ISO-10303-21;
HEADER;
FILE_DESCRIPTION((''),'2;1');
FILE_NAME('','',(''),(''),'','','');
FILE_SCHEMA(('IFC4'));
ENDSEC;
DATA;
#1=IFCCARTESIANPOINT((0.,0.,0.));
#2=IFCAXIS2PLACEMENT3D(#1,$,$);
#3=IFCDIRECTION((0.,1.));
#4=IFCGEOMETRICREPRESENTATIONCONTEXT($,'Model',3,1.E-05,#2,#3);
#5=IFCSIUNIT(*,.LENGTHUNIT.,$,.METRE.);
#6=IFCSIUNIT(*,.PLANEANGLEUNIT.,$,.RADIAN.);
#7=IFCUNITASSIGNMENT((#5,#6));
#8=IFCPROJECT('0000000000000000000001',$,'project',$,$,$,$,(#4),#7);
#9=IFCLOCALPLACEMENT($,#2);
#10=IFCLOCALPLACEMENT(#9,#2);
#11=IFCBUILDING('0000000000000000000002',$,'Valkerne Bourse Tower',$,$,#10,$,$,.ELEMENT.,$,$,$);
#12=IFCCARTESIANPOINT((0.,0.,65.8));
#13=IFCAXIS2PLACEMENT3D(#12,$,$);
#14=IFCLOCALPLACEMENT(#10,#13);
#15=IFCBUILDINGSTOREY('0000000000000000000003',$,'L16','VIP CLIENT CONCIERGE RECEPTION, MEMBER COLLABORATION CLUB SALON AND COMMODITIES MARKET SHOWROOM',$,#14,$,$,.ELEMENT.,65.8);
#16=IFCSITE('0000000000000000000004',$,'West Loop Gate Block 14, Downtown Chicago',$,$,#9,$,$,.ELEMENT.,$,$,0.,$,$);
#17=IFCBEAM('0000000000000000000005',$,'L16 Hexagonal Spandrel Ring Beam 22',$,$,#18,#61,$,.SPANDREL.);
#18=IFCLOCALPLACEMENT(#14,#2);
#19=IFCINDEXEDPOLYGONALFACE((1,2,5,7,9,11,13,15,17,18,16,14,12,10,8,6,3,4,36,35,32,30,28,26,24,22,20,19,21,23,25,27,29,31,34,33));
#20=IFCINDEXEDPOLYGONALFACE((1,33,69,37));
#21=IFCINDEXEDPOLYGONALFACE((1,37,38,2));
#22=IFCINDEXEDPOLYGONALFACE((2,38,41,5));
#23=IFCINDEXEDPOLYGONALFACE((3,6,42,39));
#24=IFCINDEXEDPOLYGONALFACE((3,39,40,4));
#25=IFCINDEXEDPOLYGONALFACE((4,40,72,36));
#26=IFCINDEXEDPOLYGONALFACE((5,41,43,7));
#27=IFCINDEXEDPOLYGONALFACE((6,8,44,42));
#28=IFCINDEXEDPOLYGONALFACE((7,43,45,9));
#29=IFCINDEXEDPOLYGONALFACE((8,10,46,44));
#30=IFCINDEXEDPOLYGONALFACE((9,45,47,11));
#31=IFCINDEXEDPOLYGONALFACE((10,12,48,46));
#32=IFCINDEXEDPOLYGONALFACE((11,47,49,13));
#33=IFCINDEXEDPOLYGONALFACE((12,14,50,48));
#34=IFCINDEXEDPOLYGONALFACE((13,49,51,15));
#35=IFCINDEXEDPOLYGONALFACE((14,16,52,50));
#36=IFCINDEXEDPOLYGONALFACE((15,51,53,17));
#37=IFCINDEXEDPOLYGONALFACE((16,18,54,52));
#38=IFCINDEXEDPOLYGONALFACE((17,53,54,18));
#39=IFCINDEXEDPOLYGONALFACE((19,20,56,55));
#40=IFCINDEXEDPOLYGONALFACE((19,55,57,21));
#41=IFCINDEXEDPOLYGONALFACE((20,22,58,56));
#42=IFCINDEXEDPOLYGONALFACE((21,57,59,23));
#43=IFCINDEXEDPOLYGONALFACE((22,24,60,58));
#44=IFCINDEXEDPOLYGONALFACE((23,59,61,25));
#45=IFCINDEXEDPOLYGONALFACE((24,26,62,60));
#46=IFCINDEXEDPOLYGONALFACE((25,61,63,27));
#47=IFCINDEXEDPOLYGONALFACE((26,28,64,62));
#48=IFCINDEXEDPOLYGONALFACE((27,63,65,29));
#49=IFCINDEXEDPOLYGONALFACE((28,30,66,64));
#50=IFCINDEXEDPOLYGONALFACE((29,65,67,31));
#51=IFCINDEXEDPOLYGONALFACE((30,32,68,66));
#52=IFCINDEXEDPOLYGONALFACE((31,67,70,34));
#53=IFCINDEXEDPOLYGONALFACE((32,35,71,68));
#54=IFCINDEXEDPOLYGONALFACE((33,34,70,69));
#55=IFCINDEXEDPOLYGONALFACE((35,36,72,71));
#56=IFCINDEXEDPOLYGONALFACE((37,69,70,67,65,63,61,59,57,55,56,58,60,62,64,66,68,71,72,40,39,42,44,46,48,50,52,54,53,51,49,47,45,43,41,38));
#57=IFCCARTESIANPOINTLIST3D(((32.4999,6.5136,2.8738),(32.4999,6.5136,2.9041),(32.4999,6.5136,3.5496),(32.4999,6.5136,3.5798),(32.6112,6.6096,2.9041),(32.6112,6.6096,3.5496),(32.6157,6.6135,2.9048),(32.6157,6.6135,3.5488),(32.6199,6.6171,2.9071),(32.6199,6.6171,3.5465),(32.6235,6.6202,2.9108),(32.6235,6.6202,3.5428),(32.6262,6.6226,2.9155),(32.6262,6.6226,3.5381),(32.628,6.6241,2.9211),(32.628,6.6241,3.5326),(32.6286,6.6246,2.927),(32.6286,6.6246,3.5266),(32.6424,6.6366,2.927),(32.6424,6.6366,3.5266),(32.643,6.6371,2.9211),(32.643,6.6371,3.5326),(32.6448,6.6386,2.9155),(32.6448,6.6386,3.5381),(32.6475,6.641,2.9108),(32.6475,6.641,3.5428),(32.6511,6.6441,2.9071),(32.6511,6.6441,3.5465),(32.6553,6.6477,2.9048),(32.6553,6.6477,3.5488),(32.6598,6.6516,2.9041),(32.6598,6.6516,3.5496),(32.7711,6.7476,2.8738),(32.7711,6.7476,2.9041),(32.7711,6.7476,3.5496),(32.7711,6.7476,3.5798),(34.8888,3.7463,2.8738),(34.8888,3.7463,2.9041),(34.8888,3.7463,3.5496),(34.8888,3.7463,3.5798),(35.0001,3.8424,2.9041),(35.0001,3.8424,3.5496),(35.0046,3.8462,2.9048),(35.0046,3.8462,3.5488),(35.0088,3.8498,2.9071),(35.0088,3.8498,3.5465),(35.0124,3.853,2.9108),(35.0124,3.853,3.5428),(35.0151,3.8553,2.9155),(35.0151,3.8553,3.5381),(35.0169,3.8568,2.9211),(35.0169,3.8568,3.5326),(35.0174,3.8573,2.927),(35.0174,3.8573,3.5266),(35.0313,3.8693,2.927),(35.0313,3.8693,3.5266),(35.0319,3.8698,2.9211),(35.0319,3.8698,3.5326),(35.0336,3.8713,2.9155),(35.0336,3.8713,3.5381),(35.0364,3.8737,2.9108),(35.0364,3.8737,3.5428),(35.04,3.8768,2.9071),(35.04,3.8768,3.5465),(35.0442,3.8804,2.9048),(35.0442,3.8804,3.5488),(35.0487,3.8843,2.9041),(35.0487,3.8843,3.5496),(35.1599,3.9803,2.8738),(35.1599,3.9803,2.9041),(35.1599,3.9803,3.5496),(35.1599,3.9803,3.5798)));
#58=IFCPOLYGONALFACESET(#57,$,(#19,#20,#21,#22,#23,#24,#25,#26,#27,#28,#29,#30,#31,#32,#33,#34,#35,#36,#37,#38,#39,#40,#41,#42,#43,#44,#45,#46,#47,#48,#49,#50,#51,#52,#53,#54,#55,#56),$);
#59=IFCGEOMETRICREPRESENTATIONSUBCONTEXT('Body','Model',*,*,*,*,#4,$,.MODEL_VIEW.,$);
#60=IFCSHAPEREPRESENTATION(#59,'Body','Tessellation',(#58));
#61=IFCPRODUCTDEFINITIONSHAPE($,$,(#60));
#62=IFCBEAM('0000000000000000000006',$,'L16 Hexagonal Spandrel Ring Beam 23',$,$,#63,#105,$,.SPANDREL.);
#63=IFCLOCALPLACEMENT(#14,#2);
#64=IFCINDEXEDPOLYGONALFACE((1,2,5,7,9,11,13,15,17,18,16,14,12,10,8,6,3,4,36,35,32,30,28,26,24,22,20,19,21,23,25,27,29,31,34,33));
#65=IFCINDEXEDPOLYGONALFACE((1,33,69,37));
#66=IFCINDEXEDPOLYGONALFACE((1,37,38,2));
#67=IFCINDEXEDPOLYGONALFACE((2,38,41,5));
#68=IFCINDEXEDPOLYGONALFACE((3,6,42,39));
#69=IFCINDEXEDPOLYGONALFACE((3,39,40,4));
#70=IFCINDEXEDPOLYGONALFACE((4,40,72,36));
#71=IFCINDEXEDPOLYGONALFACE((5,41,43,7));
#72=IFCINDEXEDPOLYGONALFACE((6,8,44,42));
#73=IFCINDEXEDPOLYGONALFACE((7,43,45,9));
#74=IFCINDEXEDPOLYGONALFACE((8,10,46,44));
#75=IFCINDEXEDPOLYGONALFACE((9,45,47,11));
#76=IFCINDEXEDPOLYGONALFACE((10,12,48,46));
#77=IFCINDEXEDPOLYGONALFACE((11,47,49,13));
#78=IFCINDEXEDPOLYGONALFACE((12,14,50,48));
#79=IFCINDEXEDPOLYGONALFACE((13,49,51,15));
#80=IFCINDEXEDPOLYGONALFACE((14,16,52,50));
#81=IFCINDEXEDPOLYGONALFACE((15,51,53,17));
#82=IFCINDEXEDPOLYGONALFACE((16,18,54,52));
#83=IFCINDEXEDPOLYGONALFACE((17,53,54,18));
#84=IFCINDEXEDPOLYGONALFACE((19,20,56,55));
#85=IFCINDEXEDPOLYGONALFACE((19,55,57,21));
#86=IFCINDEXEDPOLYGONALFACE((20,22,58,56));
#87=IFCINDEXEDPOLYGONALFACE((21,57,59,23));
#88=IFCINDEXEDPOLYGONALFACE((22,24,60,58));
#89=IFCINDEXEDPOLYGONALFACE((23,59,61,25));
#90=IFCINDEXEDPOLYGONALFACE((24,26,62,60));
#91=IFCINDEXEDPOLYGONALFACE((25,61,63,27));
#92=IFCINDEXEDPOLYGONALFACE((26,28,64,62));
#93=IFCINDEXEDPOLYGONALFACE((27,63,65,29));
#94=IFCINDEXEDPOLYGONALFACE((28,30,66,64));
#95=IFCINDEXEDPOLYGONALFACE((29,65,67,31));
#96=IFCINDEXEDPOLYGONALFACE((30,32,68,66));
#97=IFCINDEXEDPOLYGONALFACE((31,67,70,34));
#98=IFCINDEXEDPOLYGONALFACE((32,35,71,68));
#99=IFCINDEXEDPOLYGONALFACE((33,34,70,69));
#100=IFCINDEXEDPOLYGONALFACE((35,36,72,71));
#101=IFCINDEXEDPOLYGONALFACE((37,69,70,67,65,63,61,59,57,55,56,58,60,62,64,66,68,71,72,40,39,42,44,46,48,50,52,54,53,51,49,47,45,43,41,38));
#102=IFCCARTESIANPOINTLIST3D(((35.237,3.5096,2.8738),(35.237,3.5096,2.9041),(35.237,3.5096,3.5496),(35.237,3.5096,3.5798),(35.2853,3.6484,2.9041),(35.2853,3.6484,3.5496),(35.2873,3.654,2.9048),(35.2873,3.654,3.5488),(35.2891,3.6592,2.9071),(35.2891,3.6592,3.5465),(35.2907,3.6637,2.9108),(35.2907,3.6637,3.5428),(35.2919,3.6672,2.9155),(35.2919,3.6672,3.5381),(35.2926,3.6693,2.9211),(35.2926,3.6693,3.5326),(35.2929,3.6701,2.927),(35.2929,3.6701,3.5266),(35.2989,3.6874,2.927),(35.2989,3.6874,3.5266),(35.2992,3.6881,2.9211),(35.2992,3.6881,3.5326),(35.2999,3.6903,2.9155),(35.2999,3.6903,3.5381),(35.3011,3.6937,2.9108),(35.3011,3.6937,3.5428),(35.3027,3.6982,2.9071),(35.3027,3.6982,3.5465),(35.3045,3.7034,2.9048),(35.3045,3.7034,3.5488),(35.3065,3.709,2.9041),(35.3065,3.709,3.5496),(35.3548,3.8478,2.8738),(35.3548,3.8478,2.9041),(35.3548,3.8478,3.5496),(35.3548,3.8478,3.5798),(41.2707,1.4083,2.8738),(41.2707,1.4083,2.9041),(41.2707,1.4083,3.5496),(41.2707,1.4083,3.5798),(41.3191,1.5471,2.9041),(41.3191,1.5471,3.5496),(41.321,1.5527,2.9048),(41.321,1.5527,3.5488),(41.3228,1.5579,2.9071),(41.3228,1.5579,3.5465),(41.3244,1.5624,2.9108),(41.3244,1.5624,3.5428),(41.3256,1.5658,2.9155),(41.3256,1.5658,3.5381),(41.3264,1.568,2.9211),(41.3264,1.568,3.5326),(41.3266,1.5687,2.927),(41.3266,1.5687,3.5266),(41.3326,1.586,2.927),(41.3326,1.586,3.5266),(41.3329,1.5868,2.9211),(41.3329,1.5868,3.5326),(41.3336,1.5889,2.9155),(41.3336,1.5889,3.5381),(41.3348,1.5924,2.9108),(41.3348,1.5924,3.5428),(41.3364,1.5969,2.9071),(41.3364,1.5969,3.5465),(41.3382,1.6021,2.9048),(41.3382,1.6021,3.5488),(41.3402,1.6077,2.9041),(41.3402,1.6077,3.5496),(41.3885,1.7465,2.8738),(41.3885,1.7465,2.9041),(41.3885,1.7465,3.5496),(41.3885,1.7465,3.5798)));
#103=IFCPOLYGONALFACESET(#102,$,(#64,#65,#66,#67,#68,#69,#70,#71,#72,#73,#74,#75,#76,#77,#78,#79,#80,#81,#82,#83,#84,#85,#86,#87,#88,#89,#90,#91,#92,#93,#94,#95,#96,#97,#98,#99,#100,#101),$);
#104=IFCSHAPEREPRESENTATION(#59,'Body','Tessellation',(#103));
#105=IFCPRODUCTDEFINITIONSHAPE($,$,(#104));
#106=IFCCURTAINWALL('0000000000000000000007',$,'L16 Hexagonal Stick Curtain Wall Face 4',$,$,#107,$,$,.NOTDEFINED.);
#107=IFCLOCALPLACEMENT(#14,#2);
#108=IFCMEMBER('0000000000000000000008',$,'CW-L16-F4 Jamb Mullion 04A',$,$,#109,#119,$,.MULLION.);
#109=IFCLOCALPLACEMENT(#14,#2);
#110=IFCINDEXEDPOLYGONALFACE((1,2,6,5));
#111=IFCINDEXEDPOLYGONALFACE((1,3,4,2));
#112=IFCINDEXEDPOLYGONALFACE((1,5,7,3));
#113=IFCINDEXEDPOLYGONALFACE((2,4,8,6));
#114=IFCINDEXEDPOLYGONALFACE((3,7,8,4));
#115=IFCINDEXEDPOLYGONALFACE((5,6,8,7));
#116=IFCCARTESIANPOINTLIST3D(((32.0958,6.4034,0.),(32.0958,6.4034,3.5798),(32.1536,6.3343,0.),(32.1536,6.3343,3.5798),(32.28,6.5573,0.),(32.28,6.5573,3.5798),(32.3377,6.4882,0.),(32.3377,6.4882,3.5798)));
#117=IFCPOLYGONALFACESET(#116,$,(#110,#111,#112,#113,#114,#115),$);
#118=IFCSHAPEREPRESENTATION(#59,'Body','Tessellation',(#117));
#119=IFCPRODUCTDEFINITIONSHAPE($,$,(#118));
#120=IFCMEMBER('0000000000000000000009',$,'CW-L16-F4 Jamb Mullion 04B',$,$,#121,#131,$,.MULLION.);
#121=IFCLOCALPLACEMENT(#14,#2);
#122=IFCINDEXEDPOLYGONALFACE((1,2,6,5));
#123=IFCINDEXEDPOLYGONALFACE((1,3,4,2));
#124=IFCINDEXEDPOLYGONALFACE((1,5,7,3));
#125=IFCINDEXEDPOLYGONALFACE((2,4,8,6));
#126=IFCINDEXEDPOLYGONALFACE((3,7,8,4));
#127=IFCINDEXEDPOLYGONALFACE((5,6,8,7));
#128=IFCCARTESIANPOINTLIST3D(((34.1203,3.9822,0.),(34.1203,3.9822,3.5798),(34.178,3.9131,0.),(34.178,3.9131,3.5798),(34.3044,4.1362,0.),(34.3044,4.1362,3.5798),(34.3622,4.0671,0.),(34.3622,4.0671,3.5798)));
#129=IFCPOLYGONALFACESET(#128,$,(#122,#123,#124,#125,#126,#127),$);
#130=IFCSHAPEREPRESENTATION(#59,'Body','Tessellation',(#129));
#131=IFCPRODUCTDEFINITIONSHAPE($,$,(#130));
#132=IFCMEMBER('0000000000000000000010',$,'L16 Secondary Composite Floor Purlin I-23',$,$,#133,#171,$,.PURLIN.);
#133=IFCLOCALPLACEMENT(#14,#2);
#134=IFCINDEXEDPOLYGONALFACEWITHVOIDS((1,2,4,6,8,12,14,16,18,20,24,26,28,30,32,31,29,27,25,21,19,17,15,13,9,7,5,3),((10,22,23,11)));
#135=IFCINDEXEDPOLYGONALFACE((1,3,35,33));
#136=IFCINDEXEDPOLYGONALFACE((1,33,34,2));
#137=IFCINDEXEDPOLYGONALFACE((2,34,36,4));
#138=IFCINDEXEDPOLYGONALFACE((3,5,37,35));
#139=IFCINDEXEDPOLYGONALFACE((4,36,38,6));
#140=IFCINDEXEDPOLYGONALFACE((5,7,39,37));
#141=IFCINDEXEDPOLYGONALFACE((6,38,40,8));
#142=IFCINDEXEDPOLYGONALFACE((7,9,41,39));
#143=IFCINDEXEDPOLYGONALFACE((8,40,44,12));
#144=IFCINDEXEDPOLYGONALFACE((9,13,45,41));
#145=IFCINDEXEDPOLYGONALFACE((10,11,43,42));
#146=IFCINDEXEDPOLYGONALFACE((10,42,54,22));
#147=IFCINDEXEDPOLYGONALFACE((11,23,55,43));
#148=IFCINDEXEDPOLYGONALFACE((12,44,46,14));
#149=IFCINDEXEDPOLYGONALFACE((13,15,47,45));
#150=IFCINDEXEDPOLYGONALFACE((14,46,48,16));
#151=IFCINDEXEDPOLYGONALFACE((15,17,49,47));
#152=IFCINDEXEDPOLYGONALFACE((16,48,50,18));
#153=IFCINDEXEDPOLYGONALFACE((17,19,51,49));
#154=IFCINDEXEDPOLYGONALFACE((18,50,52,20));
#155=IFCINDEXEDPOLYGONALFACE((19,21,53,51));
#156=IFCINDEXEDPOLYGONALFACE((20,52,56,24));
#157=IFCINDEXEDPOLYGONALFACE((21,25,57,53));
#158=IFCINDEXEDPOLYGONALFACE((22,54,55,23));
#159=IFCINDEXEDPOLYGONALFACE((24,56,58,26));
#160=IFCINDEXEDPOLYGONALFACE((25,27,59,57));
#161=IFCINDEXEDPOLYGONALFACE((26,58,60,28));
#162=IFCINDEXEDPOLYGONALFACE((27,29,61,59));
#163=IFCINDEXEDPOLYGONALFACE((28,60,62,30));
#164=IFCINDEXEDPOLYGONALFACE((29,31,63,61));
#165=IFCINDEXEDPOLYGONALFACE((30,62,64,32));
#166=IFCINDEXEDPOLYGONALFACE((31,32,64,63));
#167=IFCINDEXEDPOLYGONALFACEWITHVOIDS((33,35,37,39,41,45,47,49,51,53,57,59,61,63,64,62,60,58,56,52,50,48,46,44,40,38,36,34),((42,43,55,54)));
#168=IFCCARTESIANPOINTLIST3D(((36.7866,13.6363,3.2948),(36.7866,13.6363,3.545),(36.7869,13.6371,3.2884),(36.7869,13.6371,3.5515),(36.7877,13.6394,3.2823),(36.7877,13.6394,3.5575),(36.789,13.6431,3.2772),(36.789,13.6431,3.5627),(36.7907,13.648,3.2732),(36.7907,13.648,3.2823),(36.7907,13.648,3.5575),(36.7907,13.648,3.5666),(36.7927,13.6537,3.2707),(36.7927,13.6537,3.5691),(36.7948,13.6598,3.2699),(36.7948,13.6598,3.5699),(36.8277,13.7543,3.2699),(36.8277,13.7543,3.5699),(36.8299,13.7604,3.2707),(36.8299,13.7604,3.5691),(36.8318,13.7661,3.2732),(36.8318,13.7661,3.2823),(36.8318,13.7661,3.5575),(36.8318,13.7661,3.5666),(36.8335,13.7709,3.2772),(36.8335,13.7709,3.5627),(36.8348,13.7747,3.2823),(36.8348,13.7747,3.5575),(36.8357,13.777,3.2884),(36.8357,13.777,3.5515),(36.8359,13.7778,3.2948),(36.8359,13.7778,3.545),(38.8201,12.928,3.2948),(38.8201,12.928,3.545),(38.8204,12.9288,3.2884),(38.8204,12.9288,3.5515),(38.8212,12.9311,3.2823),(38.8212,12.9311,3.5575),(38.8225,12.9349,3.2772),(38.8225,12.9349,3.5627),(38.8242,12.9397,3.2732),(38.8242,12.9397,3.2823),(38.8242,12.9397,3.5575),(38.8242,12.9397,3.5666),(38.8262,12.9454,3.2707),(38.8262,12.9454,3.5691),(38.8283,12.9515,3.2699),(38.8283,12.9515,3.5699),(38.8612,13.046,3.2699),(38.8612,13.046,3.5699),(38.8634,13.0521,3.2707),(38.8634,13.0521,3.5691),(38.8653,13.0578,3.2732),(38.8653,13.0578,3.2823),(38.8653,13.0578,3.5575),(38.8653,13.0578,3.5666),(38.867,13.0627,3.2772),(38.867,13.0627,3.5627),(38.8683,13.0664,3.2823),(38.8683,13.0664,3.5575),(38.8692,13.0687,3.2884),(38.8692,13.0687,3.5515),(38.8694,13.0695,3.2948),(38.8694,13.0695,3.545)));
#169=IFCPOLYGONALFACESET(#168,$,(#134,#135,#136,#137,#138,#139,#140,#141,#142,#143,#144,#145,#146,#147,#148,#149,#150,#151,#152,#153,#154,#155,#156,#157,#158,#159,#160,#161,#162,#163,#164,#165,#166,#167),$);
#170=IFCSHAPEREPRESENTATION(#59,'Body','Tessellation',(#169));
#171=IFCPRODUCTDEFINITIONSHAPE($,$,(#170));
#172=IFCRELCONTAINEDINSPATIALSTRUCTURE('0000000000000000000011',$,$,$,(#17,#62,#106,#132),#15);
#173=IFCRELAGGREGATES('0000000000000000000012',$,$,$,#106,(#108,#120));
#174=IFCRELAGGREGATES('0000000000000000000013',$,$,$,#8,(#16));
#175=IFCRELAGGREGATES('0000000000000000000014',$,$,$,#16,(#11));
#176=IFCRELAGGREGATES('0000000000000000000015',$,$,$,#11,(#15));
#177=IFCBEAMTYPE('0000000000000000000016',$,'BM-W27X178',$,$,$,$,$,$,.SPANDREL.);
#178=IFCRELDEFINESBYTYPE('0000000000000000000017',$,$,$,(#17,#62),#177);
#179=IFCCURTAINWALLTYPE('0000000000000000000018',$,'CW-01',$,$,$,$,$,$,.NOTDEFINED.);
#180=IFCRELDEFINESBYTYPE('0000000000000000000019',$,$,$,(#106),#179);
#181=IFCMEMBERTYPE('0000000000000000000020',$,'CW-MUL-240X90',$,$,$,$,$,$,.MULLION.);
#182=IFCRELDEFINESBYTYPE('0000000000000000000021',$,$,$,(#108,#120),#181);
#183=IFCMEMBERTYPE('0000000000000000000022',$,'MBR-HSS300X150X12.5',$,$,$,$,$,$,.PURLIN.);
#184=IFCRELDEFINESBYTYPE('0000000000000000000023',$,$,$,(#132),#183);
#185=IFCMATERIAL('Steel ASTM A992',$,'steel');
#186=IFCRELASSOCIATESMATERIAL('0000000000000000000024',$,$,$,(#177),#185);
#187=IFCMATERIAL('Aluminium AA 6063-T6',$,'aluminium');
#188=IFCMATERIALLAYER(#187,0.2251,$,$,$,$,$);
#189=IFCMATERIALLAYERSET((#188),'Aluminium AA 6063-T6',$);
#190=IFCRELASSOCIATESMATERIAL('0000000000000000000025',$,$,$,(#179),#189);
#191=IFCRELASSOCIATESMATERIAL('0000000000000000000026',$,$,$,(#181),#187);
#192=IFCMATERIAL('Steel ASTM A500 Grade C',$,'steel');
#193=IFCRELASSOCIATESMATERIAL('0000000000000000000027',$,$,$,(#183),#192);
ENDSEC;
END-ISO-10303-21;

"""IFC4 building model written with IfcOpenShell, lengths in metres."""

from ifc_helpers import new_model, si_unit, direction, frame, origin, origin_2d, place, context, subcontext, project, spatial, rectangle, hollow_rectangle, i_section, extrude, material, layer, layer_set, material_profile, profile_set, type_object, element, aggregate, save


model = new_model("IFC4")

# Units and contexts
model_context = context("Model", 3, precision=1e-05, world=origin(), true_north=direction((0.0, 1.0)))
body_context = subcontext(model_context, "Body", "Model", "MODEL_VIEW")
ifc_project = project(units=[si_unit("LENGTHUNIT", "METRE"), si_unit("PLANEANGLEUNIT", "RADIAN")], contexts=[model_context])

# Site, building, storey
site_placement = place(None, origin())
site = spatial("IfcSite", under=ifc_project, at=site_placement, Name="West Loop Gate Block 14, Downtown Chicago", CompositionType="ELEMENT", RefElevation=0.0)
building_placement = place(site_placement, origin())
building = spatial("IfcBuilding", under=site, at=building_placement, Name="Valkerne Bourse Tower", CompositionType="ELEMENT")
storey_placement = place(building_placement, frame((0.0, 0.0, 65.8)))
storey = spatial("IfcBuildingStorey", under=building, at=storey_placement, Name="L16", Description="VIP CLIENT CONCIERGE RECEPTION, MEMBER COLLABORATION CLUB SALON AND COMMODITIES MARKET SHOWROOM", CompositionType="ELEMENT", Elevation=65.8)

# Beams
ifc_material_1 = material(Name="Steel ASTM A992", Category="steel")
ifc_material_profile_1 = material_profile(ifc_material_1, i_section(OverallWidth=0.3582, OverallDepth=0.7061, WebThickness=0.0183, FlangeThickness=0.0303, FilletRadius=0.0229, at=origin_2d()), Name="W27X178")
ifc_profile_set_1 = profile_set([ifc_material_profile_1], Name="Steel ASTM A992")
beam_type_1 = type_object("IfcBeamType", Name="BM-W27X178", PredefinedType="SPANDREL", material=ifc_profile_set_1)
beam_1_placement = place(storey_placement, frame((32.6355, 6.6306, 3.2268), z_axis=(0.653455, -0.756966, 0.0), x_axis=(0.756966, 0.653455, 0.0)))
element("IfcBeam", 1, at=beam_1_placement, inside=storey, type_object=beam_type_1, Name="L16 Hexagonal Spandrel Ring Beam 22", PredefinedType="SPANDREL", context=body_context, shape_type="SweptSolid", body=[
    extrude(i_section(OverallWidth=0.3582, OverallDepth=0.7061, WebThickness=0.0183, FlangeThickness=0.0303, FilletRadius=0.0229, at=origin_2d()), origin(), (0.0, 0.0, 1.0), 3.6558),
])
beam_2_placement = place(storey_placement, frame((35.2959, 3.6787, 3.2268), z_axis=(0.944368, -0.32889, 0.0), x_axis=(0.32889, 0.944368, 0.0)))
element("IfcBeam", 2, at=beam_2_placement, inside=storey, type_object=beam_type_1, Name="L16 Hexagonal Spandrel Ring Beam 23", PredefinedType="SPANDREL", context=body_context, shape_type="SweptSolid", body=[
    extrude(i_section(OverallWidth=0.3582, OverallDepth=0.7061, WebThickness=0.0183, FlangeThickness=0.0303, FilletRadius=0.0229, at=origin_2d()), origin(), (0.0, 0.0, 1.0), 6.3892),
])

# Curtain wall, members
ifc_material_2 = material(Name="Aluminium AA 6063-T6", Category="aluminium")
ifc_layer_1 = layer(ifc_material_2, 0.2251)
ifc_layer_set_1 = layer_set([ifc_layer_1], Name="Aluminium AA 6063-T6")
curtain_wall_type = type_object("IfcCurtainWallType", Name="CW-01", PredefinedType="NOTDEFINED", material=ifc_layer_set_1)
curtain_wall_placement = place(storey_placement, origin())
curtain_wall = element("IfcCurtainWall", 3, at=curtain_wall_placement, inside=storey, type_object=curtain_wall_type, Name="L16 Hexagonal Stick Curtain Wall Face 4", PredefinedType="NOTDEFINED")
ifc_material_profile_2 = material_profile(ifc_material_2, rectangle(XDim=0.0901, YDim=0.24, at=origin_2d()), Name="CWM-90X240")
ifc_profile_set_2 = profile_set([ifc_material_profile_2], Name="Aluminium AA 6063-T6")
member_type_1 = type_object("IfcMemberType", Name="CW-MUL-240X90", PredefinedType="MULLION", material=ifc_profile_set_2)
member_1_placement = place(storey_placement, frame((32.2168, 6.4458, 0.0), z_axis=(0.0, 0.0, 1.0), x_axis=(0.641444, -0.76717, 0.0)))
member_1 = element("IfcMember", 4, at=member_1_placement, type_object=member_type_1, Name="CW-L16-F4 Jamb Mullion 04A", PredefinedType="MULLION", context=body_context, shape_type="SweptSolid", body=[
    extrude(rectangle(XDim=0.0901, YDim=0.24, at=origin_2d()), origin(), (0.0, 0.0, 1.0), 3.5798),
])
member_2_placement = place(storey_placement, frame((34.2412, 4.0247, 0.0), z_axis=(0.0, 0.0, 1.0), x_axis=(0.641444, -0.76717, 0.0)))
member_2 = element("IfcMember", 5, at=member_2_placement, type_object=member_type_1, Name="CW-L16-F4 Jamb Mullion 04B", PredefinedType="MULLION", context=body_context, shape_type="SweptSolid", body=[
    extrude(rectangle(XDim=0.0901, YDim=0.24, at=origin_2d()), origin(), (0.0, 0.0, 1.0), 3.5798),
])

# Member
ifc_material_3 = material(Name="Steel ASTM A500 Grade C", Category="steel")
ifc_material_profile_3 = material_profile(ifc_material_3, hollow_rectangle(XDim=0.1499, YDim=0.3, WallThickness=0.0125, OuterFilletRadius=0.0249, at=origin_2d()), Name="HSS300X150X12.5")
ifc_profile_set_3 = profile_set([ifc_material_profile_3], Name="Steel ASTM A500 Grade C")
member_type_2 = type_object("IfcMemberType", Name="MBR-HSS300X150X12.5", PredefinedType="PURLIN", material=ifc_profile_set_3)
member_3_placement = place(storey_placement, frame((36.8113, 13.707, 3.4199), z_axis=(0.944358, -0.328921, 0.0), x_axis=(0.328921, 0.944358, 0.0)))
element("IfcMember", 6, at=member_3_placement, inside=storey, type_object=member_type_2, Name="L16 Secondary Composite Floor Purlin I-23", PredefinedType="PURLIN", context=body_context, shape_type="SweptSolid", body=[
    extrude(hollow_rectangle(XDim=0.1499, YDim=0.3, WallThickness=0.0125, OuterFilletRadius=0.0249, at=origin_2d()), origin(), (0.0, 0.0, 1.0), 2.1533),
])

aggregate(curtain_wall, [member_1, member_2])

save(model, "model.ifc")
